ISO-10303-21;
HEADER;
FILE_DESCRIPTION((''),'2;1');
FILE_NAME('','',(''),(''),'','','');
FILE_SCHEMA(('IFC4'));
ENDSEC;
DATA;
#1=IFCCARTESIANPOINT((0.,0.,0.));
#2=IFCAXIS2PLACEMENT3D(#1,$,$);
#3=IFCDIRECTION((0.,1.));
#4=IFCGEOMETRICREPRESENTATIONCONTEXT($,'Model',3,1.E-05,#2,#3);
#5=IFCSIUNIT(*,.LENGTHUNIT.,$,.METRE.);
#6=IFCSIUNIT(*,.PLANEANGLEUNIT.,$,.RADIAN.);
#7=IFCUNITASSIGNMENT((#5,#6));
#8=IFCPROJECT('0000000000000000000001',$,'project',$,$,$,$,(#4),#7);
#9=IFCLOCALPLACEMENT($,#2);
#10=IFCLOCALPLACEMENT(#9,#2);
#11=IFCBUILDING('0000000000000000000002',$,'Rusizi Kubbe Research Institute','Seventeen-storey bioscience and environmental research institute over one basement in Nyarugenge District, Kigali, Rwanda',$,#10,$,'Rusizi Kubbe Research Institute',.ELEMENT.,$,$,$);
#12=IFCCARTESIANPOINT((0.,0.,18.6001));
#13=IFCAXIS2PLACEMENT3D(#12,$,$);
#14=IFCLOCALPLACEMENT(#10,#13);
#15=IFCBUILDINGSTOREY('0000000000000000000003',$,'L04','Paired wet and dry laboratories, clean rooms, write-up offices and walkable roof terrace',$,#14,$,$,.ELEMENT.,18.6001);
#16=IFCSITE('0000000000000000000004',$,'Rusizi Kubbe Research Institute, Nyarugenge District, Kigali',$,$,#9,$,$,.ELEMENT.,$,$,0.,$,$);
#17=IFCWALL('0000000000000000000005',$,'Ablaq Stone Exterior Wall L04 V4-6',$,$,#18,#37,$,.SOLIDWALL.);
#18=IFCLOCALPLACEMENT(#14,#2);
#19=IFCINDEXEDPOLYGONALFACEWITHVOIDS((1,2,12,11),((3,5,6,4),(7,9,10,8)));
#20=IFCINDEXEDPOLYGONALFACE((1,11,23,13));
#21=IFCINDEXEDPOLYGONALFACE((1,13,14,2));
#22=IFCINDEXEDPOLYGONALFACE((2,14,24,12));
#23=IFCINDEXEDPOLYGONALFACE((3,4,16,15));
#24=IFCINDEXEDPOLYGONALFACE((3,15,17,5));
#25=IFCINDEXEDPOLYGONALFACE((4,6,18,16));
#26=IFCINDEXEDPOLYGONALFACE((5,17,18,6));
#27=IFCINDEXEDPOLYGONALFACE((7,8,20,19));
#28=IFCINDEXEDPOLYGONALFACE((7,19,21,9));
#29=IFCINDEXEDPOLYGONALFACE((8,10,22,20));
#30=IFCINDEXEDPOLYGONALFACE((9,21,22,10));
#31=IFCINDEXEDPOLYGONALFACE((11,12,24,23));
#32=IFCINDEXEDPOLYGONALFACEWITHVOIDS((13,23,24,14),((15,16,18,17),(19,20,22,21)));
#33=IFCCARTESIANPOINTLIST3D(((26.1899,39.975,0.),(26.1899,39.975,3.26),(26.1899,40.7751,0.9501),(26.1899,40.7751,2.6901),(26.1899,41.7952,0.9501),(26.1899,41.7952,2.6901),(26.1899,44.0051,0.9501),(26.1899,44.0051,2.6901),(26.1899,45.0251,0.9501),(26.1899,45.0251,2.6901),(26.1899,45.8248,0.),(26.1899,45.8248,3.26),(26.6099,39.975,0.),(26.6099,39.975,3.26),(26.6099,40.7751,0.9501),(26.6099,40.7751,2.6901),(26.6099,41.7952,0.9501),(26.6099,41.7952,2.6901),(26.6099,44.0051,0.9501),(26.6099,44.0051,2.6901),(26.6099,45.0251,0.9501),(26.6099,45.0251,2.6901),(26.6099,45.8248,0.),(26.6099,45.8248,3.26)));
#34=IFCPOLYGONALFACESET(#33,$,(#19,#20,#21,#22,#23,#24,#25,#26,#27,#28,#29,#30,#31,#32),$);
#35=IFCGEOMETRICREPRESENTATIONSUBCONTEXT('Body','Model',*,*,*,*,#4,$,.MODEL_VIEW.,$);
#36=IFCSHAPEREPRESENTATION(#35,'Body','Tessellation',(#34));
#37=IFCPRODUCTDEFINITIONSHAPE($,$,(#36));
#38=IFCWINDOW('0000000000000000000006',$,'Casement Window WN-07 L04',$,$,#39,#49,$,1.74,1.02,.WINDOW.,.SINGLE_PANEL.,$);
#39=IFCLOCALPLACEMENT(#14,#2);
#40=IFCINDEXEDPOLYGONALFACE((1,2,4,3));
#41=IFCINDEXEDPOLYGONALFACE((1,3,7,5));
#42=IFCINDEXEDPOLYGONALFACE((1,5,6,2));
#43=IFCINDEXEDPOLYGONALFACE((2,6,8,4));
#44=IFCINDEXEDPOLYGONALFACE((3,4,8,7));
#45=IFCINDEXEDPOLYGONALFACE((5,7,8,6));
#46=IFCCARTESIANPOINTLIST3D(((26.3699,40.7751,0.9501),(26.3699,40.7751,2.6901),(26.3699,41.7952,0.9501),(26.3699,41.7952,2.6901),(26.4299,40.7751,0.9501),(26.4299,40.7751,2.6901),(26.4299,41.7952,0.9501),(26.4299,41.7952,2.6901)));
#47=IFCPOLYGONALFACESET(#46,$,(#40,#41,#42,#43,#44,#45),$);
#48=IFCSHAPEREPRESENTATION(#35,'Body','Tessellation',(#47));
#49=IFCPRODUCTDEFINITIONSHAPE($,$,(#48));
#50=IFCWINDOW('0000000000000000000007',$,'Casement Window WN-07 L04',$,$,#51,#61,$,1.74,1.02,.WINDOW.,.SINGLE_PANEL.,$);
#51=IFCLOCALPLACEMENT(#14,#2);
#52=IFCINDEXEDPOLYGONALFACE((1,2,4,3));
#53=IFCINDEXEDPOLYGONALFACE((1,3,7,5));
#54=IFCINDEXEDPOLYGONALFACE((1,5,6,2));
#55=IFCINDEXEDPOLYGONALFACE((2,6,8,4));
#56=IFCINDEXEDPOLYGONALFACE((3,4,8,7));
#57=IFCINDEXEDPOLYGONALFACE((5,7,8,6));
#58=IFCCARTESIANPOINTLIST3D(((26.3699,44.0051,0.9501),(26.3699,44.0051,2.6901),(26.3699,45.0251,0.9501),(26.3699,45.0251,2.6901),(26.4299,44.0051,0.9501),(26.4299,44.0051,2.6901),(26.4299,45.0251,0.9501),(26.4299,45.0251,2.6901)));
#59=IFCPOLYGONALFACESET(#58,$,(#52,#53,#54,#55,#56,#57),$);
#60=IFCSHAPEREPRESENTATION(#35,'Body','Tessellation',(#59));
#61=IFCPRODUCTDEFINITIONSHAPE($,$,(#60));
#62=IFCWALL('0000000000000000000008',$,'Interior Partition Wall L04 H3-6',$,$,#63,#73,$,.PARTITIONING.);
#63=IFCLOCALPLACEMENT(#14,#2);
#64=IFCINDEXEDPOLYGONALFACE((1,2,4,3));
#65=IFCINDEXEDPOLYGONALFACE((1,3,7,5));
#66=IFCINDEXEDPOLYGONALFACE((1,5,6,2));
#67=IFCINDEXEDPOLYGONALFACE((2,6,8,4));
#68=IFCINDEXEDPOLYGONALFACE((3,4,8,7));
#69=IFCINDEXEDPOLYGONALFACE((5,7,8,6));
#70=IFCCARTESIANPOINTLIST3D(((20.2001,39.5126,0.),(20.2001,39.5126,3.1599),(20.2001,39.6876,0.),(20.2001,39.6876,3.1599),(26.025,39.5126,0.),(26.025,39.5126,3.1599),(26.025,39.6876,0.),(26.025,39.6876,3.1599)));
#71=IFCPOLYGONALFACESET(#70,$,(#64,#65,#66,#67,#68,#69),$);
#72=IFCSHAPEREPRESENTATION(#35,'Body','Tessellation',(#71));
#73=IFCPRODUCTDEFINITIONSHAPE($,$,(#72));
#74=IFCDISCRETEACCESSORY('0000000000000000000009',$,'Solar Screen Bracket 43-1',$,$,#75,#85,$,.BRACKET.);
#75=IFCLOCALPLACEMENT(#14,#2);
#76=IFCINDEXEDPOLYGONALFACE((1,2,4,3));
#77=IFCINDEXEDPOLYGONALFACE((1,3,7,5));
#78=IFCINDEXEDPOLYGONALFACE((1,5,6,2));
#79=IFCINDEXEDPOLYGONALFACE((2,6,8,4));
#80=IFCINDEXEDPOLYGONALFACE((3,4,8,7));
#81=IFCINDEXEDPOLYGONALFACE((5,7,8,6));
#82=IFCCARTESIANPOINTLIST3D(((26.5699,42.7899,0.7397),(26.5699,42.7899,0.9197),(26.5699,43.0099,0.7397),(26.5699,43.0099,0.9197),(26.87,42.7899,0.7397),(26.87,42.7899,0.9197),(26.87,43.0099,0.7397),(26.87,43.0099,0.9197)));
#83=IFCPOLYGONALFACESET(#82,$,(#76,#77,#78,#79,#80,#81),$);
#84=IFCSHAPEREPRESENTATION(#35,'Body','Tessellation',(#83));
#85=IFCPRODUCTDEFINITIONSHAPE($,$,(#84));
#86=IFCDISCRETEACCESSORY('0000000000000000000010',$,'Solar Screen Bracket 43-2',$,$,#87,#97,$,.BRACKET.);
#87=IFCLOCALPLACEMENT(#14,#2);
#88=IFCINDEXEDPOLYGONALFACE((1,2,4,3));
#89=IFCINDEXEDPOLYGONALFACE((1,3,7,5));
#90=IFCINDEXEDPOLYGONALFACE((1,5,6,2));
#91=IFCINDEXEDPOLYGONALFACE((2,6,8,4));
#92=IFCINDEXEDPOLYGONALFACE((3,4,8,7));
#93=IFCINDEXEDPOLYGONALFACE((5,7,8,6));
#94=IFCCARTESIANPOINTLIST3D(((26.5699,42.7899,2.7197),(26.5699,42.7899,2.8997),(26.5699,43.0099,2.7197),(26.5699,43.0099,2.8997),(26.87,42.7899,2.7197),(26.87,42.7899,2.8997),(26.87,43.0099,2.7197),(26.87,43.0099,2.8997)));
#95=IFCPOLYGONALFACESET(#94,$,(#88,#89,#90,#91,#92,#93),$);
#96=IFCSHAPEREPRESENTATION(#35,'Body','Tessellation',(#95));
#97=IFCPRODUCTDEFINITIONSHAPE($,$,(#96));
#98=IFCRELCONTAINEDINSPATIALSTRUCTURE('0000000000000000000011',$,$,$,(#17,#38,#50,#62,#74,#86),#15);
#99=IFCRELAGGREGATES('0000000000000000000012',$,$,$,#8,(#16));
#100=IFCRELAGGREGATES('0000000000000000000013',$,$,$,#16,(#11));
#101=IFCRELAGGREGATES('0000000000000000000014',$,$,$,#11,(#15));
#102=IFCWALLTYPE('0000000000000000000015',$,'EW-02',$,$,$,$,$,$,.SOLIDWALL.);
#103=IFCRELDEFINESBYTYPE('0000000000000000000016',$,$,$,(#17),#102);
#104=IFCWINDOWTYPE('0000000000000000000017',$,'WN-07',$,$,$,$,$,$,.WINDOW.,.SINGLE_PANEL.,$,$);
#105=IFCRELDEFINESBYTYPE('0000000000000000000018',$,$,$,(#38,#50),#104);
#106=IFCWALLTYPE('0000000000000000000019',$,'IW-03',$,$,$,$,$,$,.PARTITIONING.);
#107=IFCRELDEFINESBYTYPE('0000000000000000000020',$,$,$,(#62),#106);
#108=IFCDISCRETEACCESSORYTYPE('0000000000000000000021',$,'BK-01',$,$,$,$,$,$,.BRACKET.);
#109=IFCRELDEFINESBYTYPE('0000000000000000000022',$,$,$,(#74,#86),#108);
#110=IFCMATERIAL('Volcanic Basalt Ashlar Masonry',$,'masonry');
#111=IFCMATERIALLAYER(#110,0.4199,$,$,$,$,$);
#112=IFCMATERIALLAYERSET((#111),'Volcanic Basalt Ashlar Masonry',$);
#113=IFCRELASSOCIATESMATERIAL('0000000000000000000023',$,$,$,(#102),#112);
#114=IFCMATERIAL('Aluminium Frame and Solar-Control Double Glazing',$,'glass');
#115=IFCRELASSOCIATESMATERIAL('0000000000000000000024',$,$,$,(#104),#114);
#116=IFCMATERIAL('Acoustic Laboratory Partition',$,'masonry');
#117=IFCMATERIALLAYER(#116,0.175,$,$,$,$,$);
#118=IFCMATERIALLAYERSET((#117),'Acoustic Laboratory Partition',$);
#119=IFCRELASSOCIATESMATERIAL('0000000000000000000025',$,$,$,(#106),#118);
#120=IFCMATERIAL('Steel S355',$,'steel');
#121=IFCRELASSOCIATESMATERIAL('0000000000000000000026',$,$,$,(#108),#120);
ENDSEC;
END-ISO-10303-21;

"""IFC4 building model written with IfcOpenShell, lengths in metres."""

from ifc_helpers import new_model, si_unit, direction, frame, frame_2d, origin, origin_2d, place, context, subcontext, project, spatial, rectangle, extrude, material, layer, layer_set, type_object, element, fill, save


model = new_model("IFC4")

# Units and contexts
model_context = context("Model", 3, precision=1e-05, world=origin(), true_north=direction((0.0, 1.0)))
body_context = subcontext(model_context, "Body", "Model", "MODEL_VIEW")
ifc_project = project(units=[si_unit("LENGTHUNIT", "METRE"), si_unit("PLANEANGLEUNIT", "RADIAN")], contexts=[model_context])

# Site, building, storey
site_placement = place(None, origin())
site = spatial("IfcSite", under=ifc_project, at=site_placement, Name="Rusizi Kubbe Research Institute, Nyarugenge District, Kigali", CompositionType="ELEMENT", RefElevation=0.0)
building_placement = place(site_placement, origin())
building = spatial("IfcBuilding", under=site, at=building_placement, Name="Rusizi Kubbe Research Institute", Description="Seventeen-storey bioscience and environmental research institute over one basement in Nyarugenge District, Kigali, Rwanda", LongName="Rusizi Kubbe Research Institute", CompositionType="ELEMENT")
storey_placement = place(building_placement, frame((0.0, 0.0, 18.6001)))
storey = spatial("IfcBuildingStorey", under=building, at=storey_placement, Name="L04", Description="Paired wet and dry laboratories, clean rooms, write-up offices and walkable roof terrace", CompositionType="ELEMENT", Elevation=18.6001)

# Wall, openings, windows
ifc_material_1 = material(Name="Volcanic Basalt Ashlar Masonry", Category="masonry")
ifc_layer_1 = layer(ifc_material_1, 0.4199)
ifc_layer_set_1 = layer_set([ifc_layer_1], Name="Volcanic Basalt Ashlar Masonry")
wall_type_1 = type_object("IfcWallType", Name="EW-02", PredefinedType="SOLIDWALL", material=ifc_layer_set_1)
wall_1_placement = place(storey_placement, frame((26.3999, 39.9751, 0.0), z_axis=(0.0, 0.0, 1.0), x_axis=(0.0, 1.0, 0.0)))
wall_1 = element("IfcWall", 1, at=wall_1_placement, inside=storey, type_object=wall_type_1, Name="Ablaq Stone Exterior Wall L04 V4-6", PredefinedType="SOLIDWALL", context=body_context, shape_type="SweptSolid", body=[
    extrude(rectangle(XDim=5.8499, YDim=0.4199, at=frame_2d((2.9248, 0.0))), origin(), (0.0, 0.0, 1.0), 3.26),
])
opening_1_placement = place(wall_1_placement, frame((0.8, 0.0, 0.95)))
opening_1 = element("IfcOpeningElement", 2, at=opening_1_placement, cuts=wall_1, PredefinedType="OPENING", context=body_context, shape_type="SweptSolid", body=[
    extrude(rectangle(XDim=1.02, YDim=1.74, at=frame_2d((0.51, 0.8701))), frame((0.0, 0.22, 0.0), z_axis=(0.0, -1.0, 0.0), x_axis=(1.0, 0.0, 0.0)), (0.0, 0.0, 1.0), 0.4399),
])
opening_2_placement = place(wall_1_placement, frame((4.03, 0.0, 0.95)))
opening_2 = element("IfcOpeningElement", 3, at=opening_2_placement, cuts=wall_1, PredefinedType="OPENING", context=body_context, shape_type="SweptSolid", body=[
    extrude(rectangle(XDim=1.02, YDim=1.74, at=frame_2d((0.51, 0.8701))), frame((0.0, 0.22, 0.0), z_axis=(0.0, -1.0, 0.0), x_axis=(1.0, 0.0, 0.0)), (0.0, 0.0, 1.0), 0.4399),
])
ifc_material_2 = material(Name="Aluminium Frame and Solar-Control Double Glazing", Category="glass")
window_type = type_object("IfcWindowType", Name="WN-07", PartitioningType="SINGLE_PANEL", PredefinedType="WINDOW", material=ifc_material_2)
window_1_placement = place(opening_1_placement, origin())
window_1 = element("IfcWindow", 4, at=window_1_placement, inside=storey, type_object=window_type, Name="Casement Window WN-07 L04", OverallHeight=1.74, OverallWidth=1.02, PartitioningType="SINGLE_PANEL", PredefinedType="WINDOW", context=body_context, shape_type="SweptSolid", body=[
    extrude(rectangle(XDim=1.02, YDim=1.74, at=frame_2d((0.51, 0.8701))), frame((0.0, 0.03, 0.0), z_axis=(0.0, -1.0, 0.0), x_axis=(1.0, 0.0, 0.0)), (0.0, 0.0, 1.0), 0.0601),
])
fill(opening_1, window_1)
window_2_placement = place(opening_2_placement, origin())
window_2 = element("IfcWindow", 5, at=window_2_placement, inside=storey, type_object=window_type, Name="Casement Window WN-07 L04", OverallHeight=1.74, OverallWidth=1.02, PartitioningType="SINGLE_PANEL", PredefinedType="WINDOW", context=body_context, shape_type="SweptSolid", body=[
    extrude(rectangle(XDim=1.02, YDim=1.74, at=frame_2d((0.51, 0.8701))), frame((0.0, 0.03, 0.0), z_axis=(0.0, -1.0, 0.0), x_axis=(1.0, 0.0, 0.0)), (0.0, 0.0, 1.0), 0.0601),
])
fill(opening_2, window_2)

# Wall
ifc_material_3 = material(Name="Acoustic Laboratory Partition", Category="masonry")
ifc_layer_2 = layer(ifc_material_3, 0.175)
ifc_layer_set_2 = layer_set([ifc_layer_2], Name="Acoustic Laboratory Partition")
wall_type_2 = type_object("IfcWallType", Name="IW-03", PredefinedType="PARTITIONING", material=ifc_layer_set_2)
wall_2_placement = place(storey_placement, frame((20.2, 39.6001, 0.0), z_axis=(0.0, 0.0, 1.0), x_axis=(1.0, 0.0, 0.0)))
element("IfcWall", 6, at=wall_2_placement, inside=storey, type_object=wall_type_2, Name="Interior Partition Wall L04 H3-6", PredefinedType="PARTITIONING", context=body_context, shape_type="SweptSolid", body=[
    extrude(rectangle(XDim=5.825, YDim=0.175, at=frame_2d((2.9126, 0.0))), origin(), (0.0, 0.0, 1.0), 3.1599),
])

# Discrete accessories
ifc_material_4 = material(Name="Steel S355", Category="steel")
discrete_accessory_type = type_object("IfcDiscreteAccessoryType", Name="BK-01", PredefinedType="BRACKET", material=ifc_material_4)
for number, where, z_axis, x_axis, name in (
    (7, (26.72, 42.8999, 0.7397), (0.0, 0.0, 1.0), (1.0, 0.0, 0.0), "Solar Screen Bracket 43-1"),
    (8, (26.72, 42.8999, 2.7197), (0.0, 0.0, 1.0), (1.0, 0.0, 0.0), "Solar Screen Bracket 43-2"),
):
    element("IfcDiscreteAccessory", number, at=place(storey_placement, frame(where, z_axis=z_axis, x_axis=x_axis)), inside=storey, type_object=discrete_accessory_type, Name=name, PredefinedType="BRACKET", context=body_context, shape_type="SweptSolid", body=[
        extrude(rectangle(XDim=0.3, YDim=0.22, at=origin_2d()), origin(), (0.0, 0.0, 1.0), 0.1799),
    ])

save(model, "model.ifc")
